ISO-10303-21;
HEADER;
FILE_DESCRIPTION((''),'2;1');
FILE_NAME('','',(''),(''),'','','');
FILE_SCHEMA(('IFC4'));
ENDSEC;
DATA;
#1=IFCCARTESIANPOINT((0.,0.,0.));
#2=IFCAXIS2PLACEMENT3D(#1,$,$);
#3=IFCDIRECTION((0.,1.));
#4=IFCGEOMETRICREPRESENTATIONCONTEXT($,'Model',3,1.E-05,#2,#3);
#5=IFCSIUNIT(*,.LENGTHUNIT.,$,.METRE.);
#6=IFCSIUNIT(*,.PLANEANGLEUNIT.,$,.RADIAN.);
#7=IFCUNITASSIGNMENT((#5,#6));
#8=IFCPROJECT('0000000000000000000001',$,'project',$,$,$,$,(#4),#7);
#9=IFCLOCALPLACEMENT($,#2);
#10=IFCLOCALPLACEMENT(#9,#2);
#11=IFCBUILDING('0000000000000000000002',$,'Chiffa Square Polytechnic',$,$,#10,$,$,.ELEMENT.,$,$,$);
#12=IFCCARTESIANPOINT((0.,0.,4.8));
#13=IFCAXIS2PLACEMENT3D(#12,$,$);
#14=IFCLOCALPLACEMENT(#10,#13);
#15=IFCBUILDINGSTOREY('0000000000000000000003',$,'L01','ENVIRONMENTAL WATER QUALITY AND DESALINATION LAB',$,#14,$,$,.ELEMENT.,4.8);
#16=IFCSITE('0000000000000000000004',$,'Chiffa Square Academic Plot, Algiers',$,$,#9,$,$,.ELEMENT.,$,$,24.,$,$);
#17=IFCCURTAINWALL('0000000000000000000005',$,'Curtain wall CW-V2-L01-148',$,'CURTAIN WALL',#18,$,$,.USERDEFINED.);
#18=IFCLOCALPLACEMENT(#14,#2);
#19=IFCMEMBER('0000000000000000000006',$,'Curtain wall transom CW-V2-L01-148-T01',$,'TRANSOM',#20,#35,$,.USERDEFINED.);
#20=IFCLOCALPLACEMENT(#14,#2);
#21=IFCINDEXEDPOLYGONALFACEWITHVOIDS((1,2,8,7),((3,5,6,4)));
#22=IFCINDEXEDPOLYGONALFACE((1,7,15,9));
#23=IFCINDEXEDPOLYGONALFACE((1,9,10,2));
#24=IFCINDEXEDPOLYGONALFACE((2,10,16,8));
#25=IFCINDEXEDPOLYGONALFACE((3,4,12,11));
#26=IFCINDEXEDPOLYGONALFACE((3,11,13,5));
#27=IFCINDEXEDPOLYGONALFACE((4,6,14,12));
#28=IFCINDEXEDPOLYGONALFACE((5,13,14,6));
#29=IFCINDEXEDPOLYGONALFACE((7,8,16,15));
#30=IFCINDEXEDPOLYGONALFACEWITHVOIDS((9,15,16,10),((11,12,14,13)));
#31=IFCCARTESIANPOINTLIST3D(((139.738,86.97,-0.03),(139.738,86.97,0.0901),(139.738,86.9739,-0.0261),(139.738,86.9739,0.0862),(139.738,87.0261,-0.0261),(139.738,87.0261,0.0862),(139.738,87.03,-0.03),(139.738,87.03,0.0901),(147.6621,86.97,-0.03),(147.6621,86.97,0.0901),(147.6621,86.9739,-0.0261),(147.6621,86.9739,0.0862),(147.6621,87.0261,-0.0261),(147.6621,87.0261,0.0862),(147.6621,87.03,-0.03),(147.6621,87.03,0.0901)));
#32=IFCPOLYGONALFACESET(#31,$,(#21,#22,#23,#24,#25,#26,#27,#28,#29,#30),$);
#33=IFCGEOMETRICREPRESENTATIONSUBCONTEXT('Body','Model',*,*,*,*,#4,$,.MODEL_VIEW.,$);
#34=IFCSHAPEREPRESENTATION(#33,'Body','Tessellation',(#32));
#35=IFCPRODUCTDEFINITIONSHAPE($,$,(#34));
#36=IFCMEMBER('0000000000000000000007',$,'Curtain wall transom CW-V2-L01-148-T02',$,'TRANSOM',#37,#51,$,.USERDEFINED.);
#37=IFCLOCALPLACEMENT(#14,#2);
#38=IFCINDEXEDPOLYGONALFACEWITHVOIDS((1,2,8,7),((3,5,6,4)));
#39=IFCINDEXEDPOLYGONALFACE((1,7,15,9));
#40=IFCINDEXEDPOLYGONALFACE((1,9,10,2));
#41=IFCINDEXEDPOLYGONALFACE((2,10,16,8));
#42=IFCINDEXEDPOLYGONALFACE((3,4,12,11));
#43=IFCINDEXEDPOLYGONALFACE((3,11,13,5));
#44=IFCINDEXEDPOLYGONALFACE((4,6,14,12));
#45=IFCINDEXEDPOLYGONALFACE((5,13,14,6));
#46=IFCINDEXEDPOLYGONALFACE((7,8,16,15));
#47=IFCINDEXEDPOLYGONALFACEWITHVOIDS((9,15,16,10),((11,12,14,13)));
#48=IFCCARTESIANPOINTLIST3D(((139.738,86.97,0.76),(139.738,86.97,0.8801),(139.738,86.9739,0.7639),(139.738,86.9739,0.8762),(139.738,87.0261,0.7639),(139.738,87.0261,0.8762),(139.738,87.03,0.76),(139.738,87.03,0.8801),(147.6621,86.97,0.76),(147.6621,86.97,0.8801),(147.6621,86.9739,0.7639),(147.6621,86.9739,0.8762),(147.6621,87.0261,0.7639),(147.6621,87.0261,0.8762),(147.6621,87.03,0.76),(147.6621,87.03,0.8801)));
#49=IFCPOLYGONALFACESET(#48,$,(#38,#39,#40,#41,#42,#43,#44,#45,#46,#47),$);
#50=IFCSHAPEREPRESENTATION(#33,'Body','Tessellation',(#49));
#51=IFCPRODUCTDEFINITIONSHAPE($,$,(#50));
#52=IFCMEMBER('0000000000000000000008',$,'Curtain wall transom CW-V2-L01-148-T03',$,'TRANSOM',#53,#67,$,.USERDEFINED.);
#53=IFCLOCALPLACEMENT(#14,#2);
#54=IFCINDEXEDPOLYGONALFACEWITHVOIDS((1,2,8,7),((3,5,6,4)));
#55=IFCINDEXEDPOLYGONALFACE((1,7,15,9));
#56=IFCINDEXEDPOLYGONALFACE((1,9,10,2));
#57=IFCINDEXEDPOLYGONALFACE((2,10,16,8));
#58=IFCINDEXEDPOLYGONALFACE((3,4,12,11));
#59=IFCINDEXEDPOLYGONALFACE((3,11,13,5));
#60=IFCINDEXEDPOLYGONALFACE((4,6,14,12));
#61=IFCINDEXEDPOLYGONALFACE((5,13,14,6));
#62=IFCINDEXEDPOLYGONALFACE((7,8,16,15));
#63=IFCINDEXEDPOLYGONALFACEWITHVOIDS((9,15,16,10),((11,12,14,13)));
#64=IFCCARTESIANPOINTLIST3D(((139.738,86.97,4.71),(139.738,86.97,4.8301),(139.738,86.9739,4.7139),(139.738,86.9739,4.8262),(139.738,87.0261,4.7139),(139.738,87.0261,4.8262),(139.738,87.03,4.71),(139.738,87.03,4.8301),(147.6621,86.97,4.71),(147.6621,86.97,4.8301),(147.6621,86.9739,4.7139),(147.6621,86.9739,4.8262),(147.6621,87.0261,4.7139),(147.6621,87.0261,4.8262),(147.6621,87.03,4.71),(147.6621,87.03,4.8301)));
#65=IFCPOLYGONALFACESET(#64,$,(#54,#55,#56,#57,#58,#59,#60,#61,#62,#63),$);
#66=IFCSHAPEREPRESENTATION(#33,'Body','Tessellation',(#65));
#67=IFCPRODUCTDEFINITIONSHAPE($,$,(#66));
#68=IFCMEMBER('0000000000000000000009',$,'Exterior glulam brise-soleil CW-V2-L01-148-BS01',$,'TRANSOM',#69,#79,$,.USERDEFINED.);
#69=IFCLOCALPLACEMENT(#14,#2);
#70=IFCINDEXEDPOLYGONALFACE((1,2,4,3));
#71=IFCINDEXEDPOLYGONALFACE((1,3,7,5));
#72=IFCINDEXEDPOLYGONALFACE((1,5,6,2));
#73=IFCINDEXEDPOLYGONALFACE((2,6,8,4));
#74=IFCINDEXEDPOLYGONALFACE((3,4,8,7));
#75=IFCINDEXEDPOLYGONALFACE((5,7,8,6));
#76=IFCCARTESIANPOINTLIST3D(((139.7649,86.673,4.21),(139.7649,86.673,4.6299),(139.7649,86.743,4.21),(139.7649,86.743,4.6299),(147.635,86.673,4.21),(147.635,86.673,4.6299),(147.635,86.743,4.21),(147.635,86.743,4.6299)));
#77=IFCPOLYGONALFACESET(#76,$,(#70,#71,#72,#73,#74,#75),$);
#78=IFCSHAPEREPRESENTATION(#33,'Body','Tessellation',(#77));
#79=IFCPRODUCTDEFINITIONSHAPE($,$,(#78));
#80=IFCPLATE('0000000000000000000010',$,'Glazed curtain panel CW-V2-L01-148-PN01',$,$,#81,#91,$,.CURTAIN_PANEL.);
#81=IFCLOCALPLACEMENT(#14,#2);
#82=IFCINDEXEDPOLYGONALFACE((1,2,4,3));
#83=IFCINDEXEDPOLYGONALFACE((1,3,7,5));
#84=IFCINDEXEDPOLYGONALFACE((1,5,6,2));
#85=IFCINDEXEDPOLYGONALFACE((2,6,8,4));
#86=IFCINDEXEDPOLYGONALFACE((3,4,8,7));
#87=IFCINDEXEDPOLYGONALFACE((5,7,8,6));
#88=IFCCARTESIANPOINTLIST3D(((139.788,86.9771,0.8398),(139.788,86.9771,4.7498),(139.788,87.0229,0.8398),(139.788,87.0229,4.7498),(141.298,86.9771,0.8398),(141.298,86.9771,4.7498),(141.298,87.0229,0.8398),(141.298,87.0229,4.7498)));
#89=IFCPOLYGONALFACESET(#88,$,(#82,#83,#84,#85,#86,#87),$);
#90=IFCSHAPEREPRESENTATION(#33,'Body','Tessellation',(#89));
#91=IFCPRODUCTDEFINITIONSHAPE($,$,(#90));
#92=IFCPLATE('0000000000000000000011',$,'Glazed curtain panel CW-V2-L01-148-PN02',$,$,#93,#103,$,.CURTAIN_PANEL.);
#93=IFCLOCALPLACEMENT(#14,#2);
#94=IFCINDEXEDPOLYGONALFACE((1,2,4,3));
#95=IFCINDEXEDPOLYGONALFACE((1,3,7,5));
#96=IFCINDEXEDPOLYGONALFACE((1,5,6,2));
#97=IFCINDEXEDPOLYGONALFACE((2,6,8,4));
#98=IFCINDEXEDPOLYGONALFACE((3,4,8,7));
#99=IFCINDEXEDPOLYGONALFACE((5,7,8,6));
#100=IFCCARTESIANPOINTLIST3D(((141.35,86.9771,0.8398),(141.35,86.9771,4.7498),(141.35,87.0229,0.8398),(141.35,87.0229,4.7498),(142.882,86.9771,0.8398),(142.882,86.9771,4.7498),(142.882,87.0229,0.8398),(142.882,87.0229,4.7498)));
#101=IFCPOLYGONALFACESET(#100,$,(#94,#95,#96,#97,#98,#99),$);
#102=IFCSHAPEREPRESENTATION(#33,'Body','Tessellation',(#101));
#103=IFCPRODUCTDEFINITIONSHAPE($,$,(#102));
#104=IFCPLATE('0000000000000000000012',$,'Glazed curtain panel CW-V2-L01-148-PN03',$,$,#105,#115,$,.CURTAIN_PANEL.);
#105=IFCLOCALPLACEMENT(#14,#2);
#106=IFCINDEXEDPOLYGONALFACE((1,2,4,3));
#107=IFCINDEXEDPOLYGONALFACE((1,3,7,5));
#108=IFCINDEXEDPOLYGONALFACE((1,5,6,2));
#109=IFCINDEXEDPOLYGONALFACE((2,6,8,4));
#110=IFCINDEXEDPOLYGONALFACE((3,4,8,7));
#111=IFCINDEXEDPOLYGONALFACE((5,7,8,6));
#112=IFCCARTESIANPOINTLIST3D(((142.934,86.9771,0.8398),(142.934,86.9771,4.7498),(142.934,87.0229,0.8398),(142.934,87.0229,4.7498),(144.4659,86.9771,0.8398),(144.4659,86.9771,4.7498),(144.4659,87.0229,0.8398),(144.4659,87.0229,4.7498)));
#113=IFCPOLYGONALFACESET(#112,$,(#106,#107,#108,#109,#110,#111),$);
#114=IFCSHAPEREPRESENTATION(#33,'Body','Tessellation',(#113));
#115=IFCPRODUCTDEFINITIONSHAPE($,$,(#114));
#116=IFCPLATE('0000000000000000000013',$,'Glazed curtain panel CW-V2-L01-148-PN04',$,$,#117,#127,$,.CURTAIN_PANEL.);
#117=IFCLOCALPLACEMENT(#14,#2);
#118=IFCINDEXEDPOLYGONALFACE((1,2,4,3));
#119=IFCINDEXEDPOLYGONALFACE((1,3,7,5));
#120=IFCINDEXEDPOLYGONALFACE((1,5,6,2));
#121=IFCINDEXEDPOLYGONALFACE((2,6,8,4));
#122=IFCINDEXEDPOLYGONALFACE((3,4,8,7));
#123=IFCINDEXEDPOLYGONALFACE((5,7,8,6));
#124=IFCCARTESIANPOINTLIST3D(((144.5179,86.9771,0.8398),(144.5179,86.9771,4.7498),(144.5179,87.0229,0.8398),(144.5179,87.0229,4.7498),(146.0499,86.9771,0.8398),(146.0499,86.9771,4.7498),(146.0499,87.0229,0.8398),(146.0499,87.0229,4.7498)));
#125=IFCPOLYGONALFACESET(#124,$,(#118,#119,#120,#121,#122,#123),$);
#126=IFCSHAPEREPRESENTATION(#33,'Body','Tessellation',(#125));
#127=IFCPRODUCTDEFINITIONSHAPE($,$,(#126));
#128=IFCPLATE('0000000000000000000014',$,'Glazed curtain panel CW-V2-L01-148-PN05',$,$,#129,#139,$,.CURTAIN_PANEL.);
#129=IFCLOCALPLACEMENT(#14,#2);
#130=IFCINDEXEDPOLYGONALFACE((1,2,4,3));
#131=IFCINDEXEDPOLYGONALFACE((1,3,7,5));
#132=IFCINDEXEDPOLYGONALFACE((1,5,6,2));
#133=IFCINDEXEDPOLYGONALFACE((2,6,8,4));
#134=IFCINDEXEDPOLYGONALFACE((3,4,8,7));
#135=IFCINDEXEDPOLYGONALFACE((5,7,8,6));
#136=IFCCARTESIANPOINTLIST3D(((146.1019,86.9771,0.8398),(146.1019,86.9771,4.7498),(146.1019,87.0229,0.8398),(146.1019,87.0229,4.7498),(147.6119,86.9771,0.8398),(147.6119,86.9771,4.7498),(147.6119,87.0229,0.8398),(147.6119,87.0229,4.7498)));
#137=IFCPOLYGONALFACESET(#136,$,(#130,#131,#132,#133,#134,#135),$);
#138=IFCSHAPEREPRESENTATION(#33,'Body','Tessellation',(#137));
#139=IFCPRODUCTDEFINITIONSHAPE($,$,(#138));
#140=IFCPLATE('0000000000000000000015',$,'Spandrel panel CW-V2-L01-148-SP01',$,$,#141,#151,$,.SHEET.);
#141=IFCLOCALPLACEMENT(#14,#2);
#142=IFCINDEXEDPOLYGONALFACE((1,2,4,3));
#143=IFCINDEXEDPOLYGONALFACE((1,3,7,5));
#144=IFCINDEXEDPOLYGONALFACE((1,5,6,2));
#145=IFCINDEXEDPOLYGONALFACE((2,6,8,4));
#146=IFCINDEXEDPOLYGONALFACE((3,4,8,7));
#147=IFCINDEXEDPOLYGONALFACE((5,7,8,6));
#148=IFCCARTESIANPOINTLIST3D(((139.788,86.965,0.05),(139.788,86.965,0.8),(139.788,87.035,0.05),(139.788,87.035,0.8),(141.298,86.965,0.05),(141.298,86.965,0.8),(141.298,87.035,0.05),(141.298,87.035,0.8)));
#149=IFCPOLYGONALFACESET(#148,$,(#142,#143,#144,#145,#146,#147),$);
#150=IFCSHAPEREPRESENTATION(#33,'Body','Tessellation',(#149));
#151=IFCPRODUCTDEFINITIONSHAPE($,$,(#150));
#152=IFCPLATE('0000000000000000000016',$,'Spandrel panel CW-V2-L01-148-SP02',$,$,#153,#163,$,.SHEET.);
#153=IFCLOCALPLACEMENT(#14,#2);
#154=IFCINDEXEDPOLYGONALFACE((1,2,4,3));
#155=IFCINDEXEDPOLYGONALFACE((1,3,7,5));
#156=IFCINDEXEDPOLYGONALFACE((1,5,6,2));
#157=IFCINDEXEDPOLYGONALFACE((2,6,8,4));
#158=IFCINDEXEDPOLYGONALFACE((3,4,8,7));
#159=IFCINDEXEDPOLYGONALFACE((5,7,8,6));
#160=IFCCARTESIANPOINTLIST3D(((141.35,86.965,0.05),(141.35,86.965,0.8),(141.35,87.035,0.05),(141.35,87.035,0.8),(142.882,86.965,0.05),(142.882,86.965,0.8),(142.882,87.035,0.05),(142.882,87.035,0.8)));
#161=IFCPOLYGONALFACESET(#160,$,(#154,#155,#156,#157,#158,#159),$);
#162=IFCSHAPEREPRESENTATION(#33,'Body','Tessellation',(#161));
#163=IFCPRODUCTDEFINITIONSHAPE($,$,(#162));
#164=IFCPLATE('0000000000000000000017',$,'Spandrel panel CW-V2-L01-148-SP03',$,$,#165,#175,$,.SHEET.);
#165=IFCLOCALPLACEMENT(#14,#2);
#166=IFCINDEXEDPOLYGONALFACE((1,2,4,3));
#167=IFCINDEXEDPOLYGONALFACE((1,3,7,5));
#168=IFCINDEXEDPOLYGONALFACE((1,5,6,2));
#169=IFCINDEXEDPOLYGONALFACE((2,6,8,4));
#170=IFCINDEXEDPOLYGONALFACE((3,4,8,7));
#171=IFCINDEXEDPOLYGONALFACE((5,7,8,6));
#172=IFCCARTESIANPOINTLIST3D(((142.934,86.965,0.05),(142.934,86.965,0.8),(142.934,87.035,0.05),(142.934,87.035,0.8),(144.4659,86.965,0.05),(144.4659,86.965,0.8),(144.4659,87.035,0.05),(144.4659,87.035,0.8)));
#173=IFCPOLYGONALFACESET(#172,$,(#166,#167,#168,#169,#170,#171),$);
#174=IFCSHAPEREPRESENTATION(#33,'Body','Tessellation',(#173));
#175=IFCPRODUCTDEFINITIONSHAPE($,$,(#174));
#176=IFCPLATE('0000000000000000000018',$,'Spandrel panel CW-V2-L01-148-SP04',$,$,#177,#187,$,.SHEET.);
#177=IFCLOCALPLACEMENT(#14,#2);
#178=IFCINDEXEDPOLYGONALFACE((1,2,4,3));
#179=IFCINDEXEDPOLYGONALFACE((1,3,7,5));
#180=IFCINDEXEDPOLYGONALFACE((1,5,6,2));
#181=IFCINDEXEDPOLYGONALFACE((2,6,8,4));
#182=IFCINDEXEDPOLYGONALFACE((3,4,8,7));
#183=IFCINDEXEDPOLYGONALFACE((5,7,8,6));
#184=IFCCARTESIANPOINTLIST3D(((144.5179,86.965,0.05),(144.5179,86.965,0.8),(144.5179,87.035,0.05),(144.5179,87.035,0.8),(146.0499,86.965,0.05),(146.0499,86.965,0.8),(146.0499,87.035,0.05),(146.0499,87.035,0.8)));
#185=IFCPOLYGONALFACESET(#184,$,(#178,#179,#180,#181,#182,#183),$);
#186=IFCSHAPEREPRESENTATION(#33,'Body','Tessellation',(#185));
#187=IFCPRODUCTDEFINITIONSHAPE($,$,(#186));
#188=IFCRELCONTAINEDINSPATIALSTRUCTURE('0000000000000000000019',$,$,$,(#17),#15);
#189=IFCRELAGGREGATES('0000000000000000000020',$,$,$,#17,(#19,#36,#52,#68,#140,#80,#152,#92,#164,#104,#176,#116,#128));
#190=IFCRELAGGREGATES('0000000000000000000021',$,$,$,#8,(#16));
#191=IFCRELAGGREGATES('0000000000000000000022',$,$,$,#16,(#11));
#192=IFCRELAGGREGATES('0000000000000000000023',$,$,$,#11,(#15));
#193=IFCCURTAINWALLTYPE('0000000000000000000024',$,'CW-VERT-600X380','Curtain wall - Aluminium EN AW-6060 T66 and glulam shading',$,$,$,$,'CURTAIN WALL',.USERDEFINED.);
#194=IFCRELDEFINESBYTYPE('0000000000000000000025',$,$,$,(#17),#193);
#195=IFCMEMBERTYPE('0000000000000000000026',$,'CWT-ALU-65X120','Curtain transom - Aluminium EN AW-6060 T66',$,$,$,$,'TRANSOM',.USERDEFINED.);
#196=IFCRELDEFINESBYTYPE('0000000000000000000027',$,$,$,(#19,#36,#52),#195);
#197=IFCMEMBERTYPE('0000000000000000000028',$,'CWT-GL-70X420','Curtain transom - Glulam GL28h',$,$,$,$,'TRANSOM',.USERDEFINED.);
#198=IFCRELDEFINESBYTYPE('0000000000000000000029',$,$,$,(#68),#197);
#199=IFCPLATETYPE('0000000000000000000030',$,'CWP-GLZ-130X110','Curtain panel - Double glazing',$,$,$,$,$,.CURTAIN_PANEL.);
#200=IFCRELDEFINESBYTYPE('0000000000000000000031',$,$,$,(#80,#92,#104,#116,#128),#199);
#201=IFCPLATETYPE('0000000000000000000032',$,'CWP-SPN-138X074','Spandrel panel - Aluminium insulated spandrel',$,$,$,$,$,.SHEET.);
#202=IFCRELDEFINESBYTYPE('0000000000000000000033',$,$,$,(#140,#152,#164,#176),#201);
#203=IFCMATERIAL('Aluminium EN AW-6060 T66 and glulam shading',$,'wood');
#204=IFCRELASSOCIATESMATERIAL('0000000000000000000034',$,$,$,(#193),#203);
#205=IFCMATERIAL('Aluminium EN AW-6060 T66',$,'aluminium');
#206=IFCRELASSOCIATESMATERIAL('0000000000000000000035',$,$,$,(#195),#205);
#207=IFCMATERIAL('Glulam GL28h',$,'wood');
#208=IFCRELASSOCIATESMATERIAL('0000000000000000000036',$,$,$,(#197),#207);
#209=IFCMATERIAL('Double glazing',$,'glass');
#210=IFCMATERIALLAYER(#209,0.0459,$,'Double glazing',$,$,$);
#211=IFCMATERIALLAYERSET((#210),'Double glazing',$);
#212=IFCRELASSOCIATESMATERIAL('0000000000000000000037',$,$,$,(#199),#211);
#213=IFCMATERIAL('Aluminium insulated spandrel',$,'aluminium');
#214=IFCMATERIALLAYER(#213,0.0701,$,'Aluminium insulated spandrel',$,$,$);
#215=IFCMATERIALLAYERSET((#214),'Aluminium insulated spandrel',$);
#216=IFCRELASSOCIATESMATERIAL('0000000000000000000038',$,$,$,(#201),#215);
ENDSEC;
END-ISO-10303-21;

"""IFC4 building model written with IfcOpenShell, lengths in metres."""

from ifc_helpers import new_model, si_unit, direction, frame, origin, origin_2d, place, context, subcontext, project, spatial, rectangle, hollow_rectangle, extrude, material, layer, layer_set, material_profile, profile_set, type_object, element, aggregate, save


model = new_model("IFC4")

# Units and contexts
model_context = context("Model", 3, precision=1e-05, world=origin(), true_north=direction((0.0, 1.0)))
body_context = subcontext(model_context, "Body", "Model", "MODEL_VIEW")
ifc_project = project(units=[si_unit("LENGTHUNIT", "METRE"), si_unit("PLANEANGLEUNIT", "RADIAN")], contexts=[model_context])

# Site, building, storey
site_placement = place(None, origin())
site = spatial("IfcSite", under=ifc_project, at=site_placement, Name="Chiffa Square Academic Plot, Algiers", CompositionType="ELEMENT", RefElevation=24.0)
building_placement = place(site_placement, origin())
building = spatial("IfcBuilding", under=site, at=building_placement, Name="Chiffa Square Polytechnic", CompositionType="ELEMENT")
storey_placement = place(building_placement, frame((0.0, 0.0, 4.8)))
storey = spatial("IfcBuildingStorey", under=building, at=storey_placement, Name="L01", Description="ENVIRONMENTAL WATER QUALITY AND DESALINATION LAB", CompositionType="ELEMENT", Elevation=4.8)

# Curtain wall, members, plates
ifc_material_1 = material(Name="Aluminium EN AW-6060 T66 and glulam shading", Category="wood")
curtain_wall_type = type_object("IfcCurtainWallType", Name="CW-VERT-600X380", Description="Curtain wall - Aluminium EN AW-6060 T66 and glulam shading", ElementType="CURTAIN WALL", PredefinedType="USERDEFINED", material=ifc_material_1)
curtain_wall_placement = place(storey_placement, origin())
curtain_wall = element("IfcCurtainWall", 1, at=curtain_wall_placement, inside=storey, type_object=curtain_wall_type, Name="Curtain wall CW-V2-L01-148", ObjectType="CURTAIN WALL", PredefinedType="USERDEFINED")
ifc_material_2 = material(Name="Aluminium EN AW-6060 T66", Category="aluminium")
ifc_material_3 = material(Name="Glulam GL28h", Category="wood")
ifc_material_profile_1 = material_profile(ifc_material_2, hollow_rectangle(XDim=0.0601, YDim=0.1201, WallThickness=0.0039, at=origin_2d()), Name="ALU 60x120x4")
ifc_profile_set_1 = profile_set([ifc_material_profile_1], Name="Aluminium EN AW-6060 T66")
member_type_1 = type_object("IfcMemberType", Name="CWT-ALU-65X120", Description="Curtain transom - Aluminium EN AW-6060 T66", ElementType="TRANSOM", PredefinedType="USERDEFINED", material=ifc_profile_set_1)
member_1_placement = place(storey_placement, frame((139.738, 87.0, 0.03), z_axis=(1.0, 0.0, 0.0), x_axis=(0.0, 1.0, 0.0)))
member_1 = element("IfcMember", 2, at=member_1_placement, type_object=member_type_1, Name="Curtain wall transom CW-V2-L01-148-T01", ObjectType="TRANSOM", PredefinedType="USERDEFINED", context=body_context, shape_type="SweptSolid", body=[
    extrude(hollow_rectangle(XDim=0.0601, YDim=0.1201, WallThickness=0.0039, at=origin_2d()), origin(), (0.0, 0.0, 1.0), 7.9241),
])
member_2_placement = place(storey_placement, frame((139.738, 87.0, 0.8201), z_axis=(1.0, 0.0, 0.0), x_axis=(0.0, 1.0, 0.0)))
member_2 = element("IfcMember", 3, at=member_2_placement, type_object=member_type_1, Name="Curtain wall transom CW-V2-L01-148-T02", ObjectType="TRANSOM", PredefinedType="USERDEFINED", context=body_context, shape_type="SweptSolid", body=[
    extrude(hollow_rectangle(XDim=0.0601, YDim=0.1201, WallThickness=0.0039, at=origin_2d()), origin(), (0.0, 0.0, 1.0), 7.9241),
])
member_3_placement = place(storey_placement, frame((139.738, 87.0, 4.77), z_axis=(1.0, 0.0, 0.0), x_axis=(0.0, 1.0, 0.0)))
member_3 = element("IfcMember", 4, at=member_3_placement, type_object=member_type_1, Name="Curtain wall transom CW-V2-L01-148-T03", ObjectType="TRANSOM", PredefinedType="USERDEFINED", context=body_context, shape_type="SweptSolid", body=[
    extrude(hollow_rectangle(XDim=0.0601, YDim=0.1201, WallThickness=0.0039, at=origin_2d()), origin(), (0.0, 0.0, 1.0), 7.9241),
])
ifc_material_profile_2 = material_profile(ifc_material_3, rectangle(XDim=0.0701, YDim=0.4199, at=origin_2d()), Name="GL28h 70x420")
ifc_profile_set_2 = profile_set([ifc_material_profile_2], Name="Glulam GL28h")
member_type_2 = type_object("IfcMemberType", Name="CWT-GL-70X420", Description="Curtain transom - Glulam GL28h", ElementType="TRANSOM", PredefinedType="USERDEFINED", material=ifc_profile_set_2)
member_4_placement = place(storey_placement, frame((139.7649, 86.708, 4.4199), z_axis=(1.0, 0.0, 0.0), x_axis=(0.0, 1.0, 0.0)))
member_4 = element("IfcMember", 5, at=member_4_placement, type_object=member_type_2, Name="Exterior glulam brise-soleil CW-V2-L01-148-BS01", ObjectType="TRANSOM", PredefinedType="USERDEFINED", context=body_context, shape_type="SweptSolid", body=[
    extrude(rectangle(XDim=0.0701, YDim=0.4199, at=origin_2d()), origin(), (0.0, 0.0, 1.0), 7.8701),
])
ifc_material_4 = material(Name="Double glazing", Category="glass")
ifc_layer_1 = layer(ifc_material_4, 0.0459, Name="Double glazing")
ifc_layer_set_1 = layer_set([ifc_layer_1], Name="Double glazing")
plate_type_1 = type_object("IfcPlateType", Name="CWP-GLZ-130X110", Description="Curtain panel - Double glazing", PredefinedType="CURTAIN_PANEL", material=ifc_layer_set_1)
plate_1_placement = place(storey_placement, frame((140.543, 87.0, 0.8398), z_axis=(0.0, 0.0, 1.0), x_axis=(1.0, 0.0, 0.0)))
plate_1 = element("IfcPlate", 6, at=plate_1_placement, type_object=plate_type_1, Name="Glazed curtain panel CW-V2-L01-148-PN01", PredefinedType="CURTAIN_PANEL", context=body_context, shape_type="SweptSolid", body=[
    extrude(rectangle(XDim=1.51, YDim=0.0459, at=origin_2d()), origin(), (0.0, 0.0, 1.0), 3.9099),
])
plate_2_placement = place(storey_placement, frame((142.116, 87.0, 0.8398), z_axis=(0.0, 0.0, 1.0), x_axis=(1.0, 0.0, 0.0)))
plate_2 = element("IfcPlate", 7, at=plate_2_placement, type_object=plate_type_1, Name="Glazed curtain panel CW-V2-L01-148-PN02", PredefinedType="CURTAIN_PANEL", context=body_context, shape_type="SweptSolid", body=[
    extrude(rectangle(XDim=1.532, YDim=0.0459, at=origin_2d()), origin(), (0.0, 0.0, 1.0), 3.9099),
])
plate_3_placement = place(storey_placement, frame((143.7, 87.0, 0.8398), z_axis=(0.0, 0.0, 1.0), x_axis=(1.0, 0.0, 0.0)))
plate_3 = element("IfcPlate", 8, at=plate_3_placement, type_object=plate_type_1, Name="Glazed curtain panel CW-V2-L01-148-PN03", PredefinedType="CURTAIN_PANEL", context=body_context, shape_type="SweptSolid", body=[
    extrude(rectangle(XDim=1.532, YDim=0.0459, at=origin_2d()), origin(), (0.0, 0.0, 1.0), 3.9099),
])
plate_4_placement = place(storey_placement, frame((145.2839, 87.0, 0.8398), z_axis=(0.0, 0.0, 1.0), x_axis=(1.0, 0.0, 0.0)))
plate_4 = element("IfcPlate", 9, at=plate_4_placement, type_object=plate_type_1, Name="Glazed curtain panel CW-V2-L01-148-PN04", PredefinedType="CURTAIN_PANEL", context=body_context, shape_type="SweptSolid", body=[
    extrude(rectangle(XDim=1.532, YDim=0.0459, at=origin_2d()), origin(), (0.0, 0.0, 1.0), 3.9099),
])
plate_5_placement = place(storey_placement, frame((146.8569, 87.0, 0.8398), z_axis=(0.0, 0.0, 1.0), x_axis=(1.0, 0.0, 0.0)))
plate_5 = element("IfcPlate", 10, at=plate_5_placement, type_object=plate_type_1, Name="Glazed curtain panel CW-V2-L01-148-PN05", PredefinedType="CURTAIN_PANEL", context=body_context, shape_type="SweptSolid", body=[
    extrude(rectangle(XDim=1.51, YDim=0.0459, at=origin_2d()), origin(), (0.0, 0.0, 1.0), 3.9099),
])
ifc_material_5 = material(Name="Aluminium insulated spandrel", Category="aluminium")
ifc_layer_2 = layer(ifc_material_5, 0.0701, Name="Aluminium insulated spandrel")
ifc_layer_set_2 = layer_set([ifc_layer_2], Name="Aluminium insulated spandrel")
plate_type_2 = type_object("IfcPlateType", Name="CWP-SPN-138X074", Description="Spandrel panel - Aluminium insulated spandrel", PredefinedType="SHEET", material=ifc_layer_set_2)
plate_6_placement = place(storey_placement, frame((140.543, 87.0, 0.05), z_axis=(0.0, 0.0, 1.0), x_axis=(1.0, 0.0, 0.0)))
plate_6 = element("IfcPlate", 11, at=plate_6_placement, type_object=plate_type_2, Name="Spandrel panel CW-V2-L01-148-SP01", PredefinedType="SHEET", context=body_context, shape_type="SweptSolid", body=[
    extrude(rectangle(XDim=1.51, YDim=0.0701, at=origin_2d()), origin(), (0.0, 0.0, 1.0), 0.75),
])
plate_7_placement = place(storey_placement, frame((142.116, 87.0, 0.05), z_axis=(0.0, 0.0, 1.0), x_axis=(1.0, 0.0, 0.0)))
plate_7 = element("IfcPlate", 12, at=plate_7_placement, type_object=plate_type_2, Name="Spandrel panel CW-V2-L01-148-SP02", PredefinedType="SHEET", context=body_context, shape_type="SweptSolid", body=[
    extrude(rectangle(XDim=1.532, YDim=0.0701, at=origin_2d()), origin(), (0.0, 0.0, 1.0), 0.75),
])
plate_8_placement = place(storey_placement, frame((143.7, 87.0, 0.05), z_axis=(0.0, 0.0, 1.0), x_axis=(1.0, 0.0, 0.0)))
plate_8 = element("IfcPlate", 13, at=plate_8_placement, type_object=plate_type_2, Name="Spandrel panel CW-V2-L01-148-SP03", PredefinedType="SHEET", context=body_context, shape_type="SweptSolid", body=[
    extrude(rectangle(XDim=1.532, YDim=0.0701, at=origin_2d()), origin(), (0.0, 0.0, 1.0), 0.75),
])
plate_9_placement = place(storey_placement, frame((145.2839, 87.0, 0.05), z_axis=(0.0, 0.0, 1.0), x_axis=(1.0, 0.0, 0.0)))
plate_9 = element("IfcPlate", 14, at=plate_9_placement, type_object=plate_type_2, Name="Spandrel panel CW-V2-L01-148-SP04", PredefinedType="SHEET", context=body_context, shape_type="SweptSolid", body=[
    extrude(rectangle(XDim=1.532, YDim=0.0701, at=origin_2d()), origin(), (0.0, 0.0, 1.0), 0.75),
])
aggregate(curtain_wall, [member_1, member_2, member_3, member_4, plate_6, plate_1, plate_7, plate_2, plate_8, plate_3, plate_9, plate_4, plate_5])

save(model, "model.ifc")
